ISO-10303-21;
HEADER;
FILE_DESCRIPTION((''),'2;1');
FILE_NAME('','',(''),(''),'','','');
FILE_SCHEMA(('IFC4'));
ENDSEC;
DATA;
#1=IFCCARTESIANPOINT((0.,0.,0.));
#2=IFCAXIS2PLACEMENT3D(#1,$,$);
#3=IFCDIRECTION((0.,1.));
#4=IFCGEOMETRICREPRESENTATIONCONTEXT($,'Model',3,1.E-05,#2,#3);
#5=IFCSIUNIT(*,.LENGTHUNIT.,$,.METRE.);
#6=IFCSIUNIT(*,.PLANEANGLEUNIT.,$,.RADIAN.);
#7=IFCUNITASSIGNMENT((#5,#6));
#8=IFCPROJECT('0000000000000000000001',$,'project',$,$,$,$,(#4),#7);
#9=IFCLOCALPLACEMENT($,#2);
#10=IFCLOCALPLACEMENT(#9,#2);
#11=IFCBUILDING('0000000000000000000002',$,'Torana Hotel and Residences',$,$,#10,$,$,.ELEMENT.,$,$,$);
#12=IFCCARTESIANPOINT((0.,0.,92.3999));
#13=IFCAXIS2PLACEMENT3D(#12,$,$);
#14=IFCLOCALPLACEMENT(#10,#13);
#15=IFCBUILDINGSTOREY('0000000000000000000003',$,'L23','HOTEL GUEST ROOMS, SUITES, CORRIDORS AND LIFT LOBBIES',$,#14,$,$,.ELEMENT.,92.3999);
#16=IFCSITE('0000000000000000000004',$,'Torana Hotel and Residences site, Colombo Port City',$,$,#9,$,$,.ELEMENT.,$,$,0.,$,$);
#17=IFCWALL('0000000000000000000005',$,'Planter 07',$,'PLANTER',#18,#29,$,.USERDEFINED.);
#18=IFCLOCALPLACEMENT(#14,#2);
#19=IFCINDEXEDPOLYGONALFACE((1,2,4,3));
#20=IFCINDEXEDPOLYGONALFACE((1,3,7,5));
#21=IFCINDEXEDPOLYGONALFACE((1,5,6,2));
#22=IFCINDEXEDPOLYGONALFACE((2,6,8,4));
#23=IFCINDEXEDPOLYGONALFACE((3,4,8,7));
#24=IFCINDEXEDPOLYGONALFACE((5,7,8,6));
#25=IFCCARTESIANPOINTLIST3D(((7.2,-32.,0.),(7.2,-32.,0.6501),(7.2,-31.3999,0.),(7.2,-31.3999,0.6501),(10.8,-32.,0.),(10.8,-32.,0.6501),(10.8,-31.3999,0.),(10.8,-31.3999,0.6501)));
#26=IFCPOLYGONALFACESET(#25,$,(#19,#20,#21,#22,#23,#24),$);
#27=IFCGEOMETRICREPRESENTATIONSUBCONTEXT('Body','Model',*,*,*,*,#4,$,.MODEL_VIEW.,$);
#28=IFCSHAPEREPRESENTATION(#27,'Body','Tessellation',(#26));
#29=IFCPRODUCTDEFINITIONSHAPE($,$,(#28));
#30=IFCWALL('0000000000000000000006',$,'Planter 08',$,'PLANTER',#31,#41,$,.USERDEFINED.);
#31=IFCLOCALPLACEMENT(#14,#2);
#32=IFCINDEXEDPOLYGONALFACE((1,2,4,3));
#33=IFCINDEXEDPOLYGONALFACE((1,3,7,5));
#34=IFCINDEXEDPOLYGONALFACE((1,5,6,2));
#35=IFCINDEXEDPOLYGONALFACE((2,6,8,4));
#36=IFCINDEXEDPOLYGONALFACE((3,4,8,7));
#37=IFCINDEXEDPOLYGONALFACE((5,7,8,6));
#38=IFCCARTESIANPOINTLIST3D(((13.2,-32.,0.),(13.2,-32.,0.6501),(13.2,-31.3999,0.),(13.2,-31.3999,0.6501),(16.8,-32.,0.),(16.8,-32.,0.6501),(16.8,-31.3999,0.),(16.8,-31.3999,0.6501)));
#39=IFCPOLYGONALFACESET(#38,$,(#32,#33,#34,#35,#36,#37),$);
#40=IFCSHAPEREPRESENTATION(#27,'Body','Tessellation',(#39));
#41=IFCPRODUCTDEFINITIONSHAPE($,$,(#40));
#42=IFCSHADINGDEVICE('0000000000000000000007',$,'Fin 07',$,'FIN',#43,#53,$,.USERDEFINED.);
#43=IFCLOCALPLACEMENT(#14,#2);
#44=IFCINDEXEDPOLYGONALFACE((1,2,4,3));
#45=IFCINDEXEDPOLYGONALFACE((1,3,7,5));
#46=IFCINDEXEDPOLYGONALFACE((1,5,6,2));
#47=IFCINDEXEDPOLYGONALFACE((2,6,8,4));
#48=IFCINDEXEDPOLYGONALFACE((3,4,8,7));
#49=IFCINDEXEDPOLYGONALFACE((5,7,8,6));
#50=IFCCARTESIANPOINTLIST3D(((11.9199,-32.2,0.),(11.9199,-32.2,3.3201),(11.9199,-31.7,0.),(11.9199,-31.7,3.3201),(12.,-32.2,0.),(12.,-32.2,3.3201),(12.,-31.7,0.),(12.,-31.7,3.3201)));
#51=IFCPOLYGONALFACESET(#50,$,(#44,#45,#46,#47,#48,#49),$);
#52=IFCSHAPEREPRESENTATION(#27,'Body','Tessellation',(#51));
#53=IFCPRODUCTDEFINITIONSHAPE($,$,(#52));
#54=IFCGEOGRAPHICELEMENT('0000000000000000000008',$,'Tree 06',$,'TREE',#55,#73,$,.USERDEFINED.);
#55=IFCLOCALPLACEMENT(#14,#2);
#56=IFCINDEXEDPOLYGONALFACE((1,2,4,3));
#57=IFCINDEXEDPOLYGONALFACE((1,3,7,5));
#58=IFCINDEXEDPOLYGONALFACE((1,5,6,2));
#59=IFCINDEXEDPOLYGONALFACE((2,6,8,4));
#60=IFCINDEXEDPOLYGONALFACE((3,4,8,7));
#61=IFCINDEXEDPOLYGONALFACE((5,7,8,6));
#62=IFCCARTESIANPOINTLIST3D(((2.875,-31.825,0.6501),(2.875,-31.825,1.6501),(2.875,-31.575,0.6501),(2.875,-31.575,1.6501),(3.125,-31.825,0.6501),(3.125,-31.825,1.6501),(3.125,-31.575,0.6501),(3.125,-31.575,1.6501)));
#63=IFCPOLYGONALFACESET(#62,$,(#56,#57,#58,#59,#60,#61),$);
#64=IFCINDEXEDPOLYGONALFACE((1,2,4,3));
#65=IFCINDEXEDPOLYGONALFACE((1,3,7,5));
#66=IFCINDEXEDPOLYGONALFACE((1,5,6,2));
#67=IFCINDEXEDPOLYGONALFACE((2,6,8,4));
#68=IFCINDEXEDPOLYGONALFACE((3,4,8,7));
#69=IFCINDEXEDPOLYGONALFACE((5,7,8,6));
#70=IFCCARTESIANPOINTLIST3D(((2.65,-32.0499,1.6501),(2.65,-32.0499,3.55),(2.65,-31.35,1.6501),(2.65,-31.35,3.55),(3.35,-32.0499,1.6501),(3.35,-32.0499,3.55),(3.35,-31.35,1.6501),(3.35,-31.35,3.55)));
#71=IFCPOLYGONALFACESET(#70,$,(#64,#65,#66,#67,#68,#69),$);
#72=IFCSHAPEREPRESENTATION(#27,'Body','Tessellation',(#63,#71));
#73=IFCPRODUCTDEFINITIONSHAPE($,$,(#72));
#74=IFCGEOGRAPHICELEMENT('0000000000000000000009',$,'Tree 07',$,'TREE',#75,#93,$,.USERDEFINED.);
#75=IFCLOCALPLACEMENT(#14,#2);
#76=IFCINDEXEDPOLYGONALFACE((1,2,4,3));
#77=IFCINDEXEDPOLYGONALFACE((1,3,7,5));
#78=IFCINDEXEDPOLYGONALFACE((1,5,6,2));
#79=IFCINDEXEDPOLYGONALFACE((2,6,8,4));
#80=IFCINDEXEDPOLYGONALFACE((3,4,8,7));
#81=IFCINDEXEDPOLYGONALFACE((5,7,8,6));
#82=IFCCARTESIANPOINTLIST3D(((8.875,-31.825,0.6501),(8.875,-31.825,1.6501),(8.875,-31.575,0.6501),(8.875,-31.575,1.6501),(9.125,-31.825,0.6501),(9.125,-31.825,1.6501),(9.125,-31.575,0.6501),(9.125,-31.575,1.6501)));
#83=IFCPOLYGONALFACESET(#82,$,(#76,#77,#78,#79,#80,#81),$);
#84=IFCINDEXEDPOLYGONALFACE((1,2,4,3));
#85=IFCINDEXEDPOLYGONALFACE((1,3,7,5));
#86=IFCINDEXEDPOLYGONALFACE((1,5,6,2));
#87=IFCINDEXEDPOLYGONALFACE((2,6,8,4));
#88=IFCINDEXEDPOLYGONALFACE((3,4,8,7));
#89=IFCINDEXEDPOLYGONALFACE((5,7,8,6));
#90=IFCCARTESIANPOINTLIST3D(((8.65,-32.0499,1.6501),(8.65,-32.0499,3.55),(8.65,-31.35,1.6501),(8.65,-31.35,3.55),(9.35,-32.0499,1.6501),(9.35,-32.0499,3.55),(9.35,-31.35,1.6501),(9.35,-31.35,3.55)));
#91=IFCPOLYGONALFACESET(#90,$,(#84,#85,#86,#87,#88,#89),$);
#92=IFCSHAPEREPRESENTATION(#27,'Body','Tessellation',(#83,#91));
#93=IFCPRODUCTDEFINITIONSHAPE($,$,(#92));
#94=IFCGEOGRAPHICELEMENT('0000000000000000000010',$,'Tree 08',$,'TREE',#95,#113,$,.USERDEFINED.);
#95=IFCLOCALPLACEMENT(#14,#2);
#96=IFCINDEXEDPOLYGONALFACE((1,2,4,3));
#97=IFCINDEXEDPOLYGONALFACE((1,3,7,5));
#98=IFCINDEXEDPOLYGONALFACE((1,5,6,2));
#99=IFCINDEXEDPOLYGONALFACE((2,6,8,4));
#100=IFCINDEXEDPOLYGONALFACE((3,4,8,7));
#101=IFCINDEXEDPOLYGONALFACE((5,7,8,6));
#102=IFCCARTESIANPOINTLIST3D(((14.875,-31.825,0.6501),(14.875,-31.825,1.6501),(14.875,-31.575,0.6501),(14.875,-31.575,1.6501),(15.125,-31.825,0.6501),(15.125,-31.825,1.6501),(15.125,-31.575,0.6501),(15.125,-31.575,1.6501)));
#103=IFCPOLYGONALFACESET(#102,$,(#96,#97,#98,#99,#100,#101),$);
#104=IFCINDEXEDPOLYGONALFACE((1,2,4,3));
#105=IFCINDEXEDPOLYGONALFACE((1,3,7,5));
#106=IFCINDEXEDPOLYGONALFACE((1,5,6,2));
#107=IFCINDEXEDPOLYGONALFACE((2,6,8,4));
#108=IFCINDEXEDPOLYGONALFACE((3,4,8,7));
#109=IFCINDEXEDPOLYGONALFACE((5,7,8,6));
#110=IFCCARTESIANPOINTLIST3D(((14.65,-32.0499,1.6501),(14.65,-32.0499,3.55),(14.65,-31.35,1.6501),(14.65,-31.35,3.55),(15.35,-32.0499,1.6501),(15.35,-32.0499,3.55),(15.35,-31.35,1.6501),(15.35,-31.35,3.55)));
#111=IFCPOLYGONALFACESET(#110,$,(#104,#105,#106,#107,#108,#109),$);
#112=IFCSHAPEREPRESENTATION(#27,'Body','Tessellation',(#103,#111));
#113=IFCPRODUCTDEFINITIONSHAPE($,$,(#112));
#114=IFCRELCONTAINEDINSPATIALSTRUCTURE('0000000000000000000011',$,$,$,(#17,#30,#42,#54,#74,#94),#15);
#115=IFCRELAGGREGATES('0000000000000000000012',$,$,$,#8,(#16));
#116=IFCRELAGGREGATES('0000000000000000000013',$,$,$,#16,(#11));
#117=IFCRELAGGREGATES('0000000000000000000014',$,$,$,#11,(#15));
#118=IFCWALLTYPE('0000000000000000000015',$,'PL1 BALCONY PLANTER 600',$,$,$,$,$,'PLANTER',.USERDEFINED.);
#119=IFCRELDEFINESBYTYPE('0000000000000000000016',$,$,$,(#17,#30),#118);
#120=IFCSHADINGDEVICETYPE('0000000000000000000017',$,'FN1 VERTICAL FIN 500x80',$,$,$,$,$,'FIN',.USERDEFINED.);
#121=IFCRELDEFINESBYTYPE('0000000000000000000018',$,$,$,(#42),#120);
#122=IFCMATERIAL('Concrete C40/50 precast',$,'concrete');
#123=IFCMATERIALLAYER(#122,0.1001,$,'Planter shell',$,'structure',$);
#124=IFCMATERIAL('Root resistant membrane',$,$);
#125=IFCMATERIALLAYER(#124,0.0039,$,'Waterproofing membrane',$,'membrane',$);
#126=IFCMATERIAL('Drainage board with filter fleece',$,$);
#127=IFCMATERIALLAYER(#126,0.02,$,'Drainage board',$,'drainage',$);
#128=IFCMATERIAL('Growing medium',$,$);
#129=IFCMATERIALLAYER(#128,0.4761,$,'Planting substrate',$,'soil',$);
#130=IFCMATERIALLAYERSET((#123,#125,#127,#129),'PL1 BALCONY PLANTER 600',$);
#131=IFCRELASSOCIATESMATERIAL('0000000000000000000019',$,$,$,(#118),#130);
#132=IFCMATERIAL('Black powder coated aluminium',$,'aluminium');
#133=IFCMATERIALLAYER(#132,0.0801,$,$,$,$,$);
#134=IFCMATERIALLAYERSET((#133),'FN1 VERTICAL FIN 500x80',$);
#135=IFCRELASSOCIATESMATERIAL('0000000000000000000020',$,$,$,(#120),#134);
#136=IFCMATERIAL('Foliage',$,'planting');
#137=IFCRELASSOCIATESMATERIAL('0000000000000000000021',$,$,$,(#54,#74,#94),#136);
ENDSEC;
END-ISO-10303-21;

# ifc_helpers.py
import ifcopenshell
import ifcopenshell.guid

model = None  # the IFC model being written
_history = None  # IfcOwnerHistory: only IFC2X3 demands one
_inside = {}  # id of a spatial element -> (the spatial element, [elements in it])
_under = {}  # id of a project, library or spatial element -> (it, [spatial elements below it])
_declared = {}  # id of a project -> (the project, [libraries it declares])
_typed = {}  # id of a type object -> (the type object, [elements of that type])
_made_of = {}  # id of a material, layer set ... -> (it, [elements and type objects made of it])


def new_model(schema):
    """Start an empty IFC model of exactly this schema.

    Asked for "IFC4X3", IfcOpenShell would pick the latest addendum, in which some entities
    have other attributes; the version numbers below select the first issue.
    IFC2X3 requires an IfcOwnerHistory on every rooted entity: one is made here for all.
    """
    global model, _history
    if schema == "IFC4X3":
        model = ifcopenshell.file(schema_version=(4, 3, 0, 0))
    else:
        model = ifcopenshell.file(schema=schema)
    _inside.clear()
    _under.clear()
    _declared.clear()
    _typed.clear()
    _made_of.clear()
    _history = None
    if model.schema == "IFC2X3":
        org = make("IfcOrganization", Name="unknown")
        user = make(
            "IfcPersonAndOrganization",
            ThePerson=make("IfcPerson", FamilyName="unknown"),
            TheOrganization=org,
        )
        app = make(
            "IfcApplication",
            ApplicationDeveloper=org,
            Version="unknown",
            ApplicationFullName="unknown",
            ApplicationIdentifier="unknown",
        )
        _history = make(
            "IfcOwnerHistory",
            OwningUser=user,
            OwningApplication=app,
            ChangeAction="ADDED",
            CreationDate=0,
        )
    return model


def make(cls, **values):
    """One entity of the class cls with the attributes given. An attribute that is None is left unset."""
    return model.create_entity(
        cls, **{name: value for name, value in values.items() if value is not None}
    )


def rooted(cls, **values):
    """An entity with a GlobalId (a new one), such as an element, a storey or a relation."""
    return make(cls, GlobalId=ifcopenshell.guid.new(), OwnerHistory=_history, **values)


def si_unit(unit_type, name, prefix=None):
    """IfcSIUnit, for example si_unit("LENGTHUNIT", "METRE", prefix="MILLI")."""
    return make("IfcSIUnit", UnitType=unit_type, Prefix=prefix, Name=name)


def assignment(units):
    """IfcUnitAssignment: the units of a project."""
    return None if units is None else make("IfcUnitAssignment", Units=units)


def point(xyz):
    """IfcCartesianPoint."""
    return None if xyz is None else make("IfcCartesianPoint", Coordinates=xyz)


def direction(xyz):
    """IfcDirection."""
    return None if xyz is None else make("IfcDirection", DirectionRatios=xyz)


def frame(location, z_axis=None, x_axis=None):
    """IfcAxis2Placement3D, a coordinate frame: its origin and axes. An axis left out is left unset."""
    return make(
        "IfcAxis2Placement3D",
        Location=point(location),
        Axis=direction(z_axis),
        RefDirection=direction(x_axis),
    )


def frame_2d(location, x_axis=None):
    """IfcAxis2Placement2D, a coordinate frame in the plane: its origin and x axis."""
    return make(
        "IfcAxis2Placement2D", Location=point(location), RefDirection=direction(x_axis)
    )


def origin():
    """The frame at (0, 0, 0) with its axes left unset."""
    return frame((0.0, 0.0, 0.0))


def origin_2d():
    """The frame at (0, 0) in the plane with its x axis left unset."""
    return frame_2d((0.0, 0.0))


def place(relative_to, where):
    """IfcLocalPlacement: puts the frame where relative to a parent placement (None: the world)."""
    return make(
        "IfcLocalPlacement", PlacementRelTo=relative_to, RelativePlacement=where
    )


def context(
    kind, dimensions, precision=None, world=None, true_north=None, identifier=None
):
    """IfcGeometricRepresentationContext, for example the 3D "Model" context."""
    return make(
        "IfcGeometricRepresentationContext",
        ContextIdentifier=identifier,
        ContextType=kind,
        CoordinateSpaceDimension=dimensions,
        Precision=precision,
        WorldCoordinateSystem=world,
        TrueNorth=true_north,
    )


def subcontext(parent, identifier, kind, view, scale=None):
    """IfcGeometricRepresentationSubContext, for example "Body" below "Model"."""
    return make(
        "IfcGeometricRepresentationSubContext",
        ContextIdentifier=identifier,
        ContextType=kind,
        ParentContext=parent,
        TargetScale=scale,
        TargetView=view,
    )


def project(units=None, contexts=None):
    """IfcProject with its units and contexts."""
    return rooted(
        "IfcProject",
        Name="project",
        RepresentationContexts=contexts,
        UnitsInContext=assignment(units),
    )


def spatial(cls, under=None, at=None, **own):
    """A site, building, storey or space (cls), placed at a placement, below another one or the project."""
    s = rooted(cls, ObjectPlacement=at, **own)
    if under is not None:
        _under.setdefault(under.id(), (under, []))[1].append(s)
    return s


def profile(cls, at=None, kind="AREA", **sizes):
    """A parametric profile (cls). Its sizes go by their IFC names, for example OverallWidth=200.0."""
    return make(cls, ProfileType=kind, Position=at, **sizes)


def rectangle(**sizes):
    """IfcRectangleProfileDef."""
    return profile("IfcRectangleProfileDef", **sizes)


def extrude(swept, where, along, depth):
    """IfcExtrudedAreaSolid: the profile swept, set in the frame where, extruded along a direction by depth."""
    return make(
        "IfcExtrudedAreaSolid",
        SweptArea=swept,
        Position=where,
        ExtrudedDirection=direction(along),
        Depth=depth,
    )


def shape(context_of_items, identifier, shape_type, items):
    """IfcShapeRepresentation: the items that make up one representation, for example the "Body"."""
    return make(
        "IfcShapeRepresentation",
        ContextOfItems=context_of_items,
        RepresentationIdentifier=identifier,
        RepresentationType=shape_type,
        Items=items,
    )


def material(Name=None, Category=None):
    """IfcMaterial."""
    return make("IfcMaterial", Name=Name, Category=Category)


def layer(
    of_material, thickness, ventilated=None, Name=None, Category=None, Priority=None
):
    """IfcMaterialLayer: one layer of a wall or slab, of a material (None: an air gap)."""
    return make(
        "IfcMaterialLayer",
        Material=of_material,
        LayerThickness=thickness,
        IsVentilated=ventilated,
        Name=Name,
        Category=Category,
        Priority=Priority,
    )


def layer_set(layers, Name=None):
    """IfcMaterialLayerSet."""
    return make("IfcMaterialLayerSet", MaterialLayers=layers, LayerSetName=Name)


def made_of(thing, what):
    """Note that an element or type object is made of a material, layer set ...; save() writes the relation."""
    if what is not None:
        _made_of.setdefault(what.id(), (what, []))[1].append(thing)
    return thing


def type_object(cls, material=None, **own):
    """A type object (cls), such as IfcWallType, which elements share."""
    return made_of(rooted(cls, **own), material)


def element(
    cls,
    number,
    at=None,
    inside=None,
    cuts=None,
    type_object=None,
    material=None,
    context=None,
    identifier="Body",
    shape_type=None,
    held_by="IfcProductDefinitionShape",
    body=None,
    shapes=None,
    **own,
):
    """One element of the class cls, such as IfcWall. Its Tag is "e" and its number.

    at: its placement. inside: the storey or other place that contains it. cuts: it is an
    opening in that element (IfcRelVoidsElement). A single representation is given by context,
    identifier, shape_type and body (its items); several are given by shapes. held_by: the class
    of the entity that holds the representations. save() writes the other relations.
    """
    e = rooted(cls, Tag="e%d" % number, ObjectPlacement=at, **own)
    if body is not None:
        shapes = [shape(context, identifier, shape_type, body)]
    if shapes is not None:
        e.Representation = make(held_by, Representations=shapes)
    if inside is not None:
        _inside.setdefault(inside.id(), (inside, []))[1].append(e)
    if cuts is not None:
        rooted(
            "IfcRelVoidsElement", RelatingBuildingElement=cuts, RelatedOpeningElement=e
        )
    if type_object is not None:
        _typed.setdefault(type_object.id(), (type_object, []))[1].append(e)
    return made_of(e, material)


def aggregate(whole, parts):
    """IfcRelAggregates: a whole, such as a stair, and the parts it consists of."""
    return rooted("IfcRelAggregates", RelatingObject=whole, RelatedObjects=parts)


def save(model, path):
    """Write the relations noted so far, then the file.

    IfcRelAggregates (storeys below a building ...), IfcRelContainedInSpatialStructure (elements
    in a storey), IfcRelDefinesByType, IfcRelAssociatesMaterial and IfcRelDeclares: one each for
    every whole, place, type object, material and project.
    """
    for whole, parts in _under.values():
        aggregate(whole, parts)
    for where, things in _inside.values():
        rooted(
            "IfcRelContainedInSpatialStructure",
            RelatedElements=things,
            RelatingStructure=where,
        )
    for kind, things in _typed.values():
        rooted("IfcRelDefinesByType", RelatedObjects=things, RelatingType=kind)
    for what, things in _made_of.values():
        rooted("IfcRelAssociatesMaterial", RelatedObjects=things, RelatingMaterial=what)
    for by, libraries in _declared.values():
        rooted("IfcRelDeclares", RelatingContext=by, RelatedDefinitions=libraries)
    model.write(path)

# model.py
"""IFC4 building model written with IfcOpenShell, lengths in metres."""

from ifc_helpers import new_model, si_unit, direction, frame, frame_2d, origin, origin_2d, place, context, subcontext, project, spatial, rectangle, extrude, material, layer, layer_set, type_object, element, save


model = new_model("IFC4")

# Units and contexts
model_context = context("Model", 3, precision=1e-05, world=origin(), true_north=direction((0.0, 1.0)))
body_context = subcontext(model_context, "Body", "Model", "MODEL_VIEW")
ifc_project = project(units=[si_unit("LENGTHUNIT", "METRE"), si_unit("PLANEANGLEUNIT", "RADIAN")], contexts=[model_context])

# Site, building, storey
site_placement = place(None, origin())
site = spatial("IfcSite", under=ifc_project, at=site_placement, Name="Torana Hotel and Residences site, Colombo Port City", CompositionType="ELEMENT", RefElevation=0.0)
building_placement = place(site_placement, origin())
building = spatial("IfcBuilding", under=site, at=building_placement, Name="Torana Hotel and Residences", CompositionType="ELEMENT")
storey_placement = place(building_placement, frame((0.0, 0.0, 92.3999)))
storey = spatial("IfcBuildingStorey", under=building, at=storey_placement, Name="L23", Description="HOTEL GUEST ROOMS, SUITES, CORRIDORS AND LIFT LOBBIES", CompositionType="ELEMENT", Elevation=92.3999)

# Walls
ifc_material_1 = material(Name="Concrete C40/50 precast", Category="concrete")
ifc_layer_1 = layer(ifc_material_1, 0.1001, Name="Planter shell", Category="structure")
ifc_material_2 = material(Name="Root resistant membrane")
ifc_layer_2 = layer(ifc_material_2, 0.0039, Name="Waterproofing membrane", Category="membrane")
ifc_material_3 = material(Name="Drainage board with filter fleece")
ifc_layer_3 = layer(ifc_material_3, 0.02, Name="Drainage board", Category="drainage")
ifc_material_4 = material(Name="Growing medium")
ifc_layer_4 = layer(ifc_material_4, 0.4761, Name="Planting substrate", Category="soil")
ifc_layer_set_1 = layer_set([ifc_layer_1, ifc_layer_2, ifc_layer_3, ifc_layer_4], Name="PL1 BALCONY PLANTER 600")
wall_type_1 = type_object("IfcWallType", Name="PL1 BALCONY PLANTER 600", ElementType="PLANTER", PredefinedType="USERDEFINED", material=ifc_layer_set_1)
for number, where, z_axis, x_axis, name in (
    (1, (10.8, -31.7, 0.0), (0.0, 0.0, 1.0), (-1.0, 0.0, 0.0), "Planter 07"),
    (2, (16.8, -31.7, 0.0), (0.0, 0.0, 1.0), (-1.0, 0.0, 0.0), "Planter 08"),
):
    element("IfcWall", number, at=place(storey_placement, frame(where, z_axis=z_axis, x_axis=x_axis)), inside=storey, type_object=wall_type_1, Name=name, ObjectType="PLANTER", PredefinedType="USERDEFINED", context=body_context, shape_type="SweptSolid", body=[
        extrude(rectangle(XDim=3.6001, YDim=0.6001, at=frame_2d((1.8, 0.0))), origin(), (0.0, 0.0, 1.0), 0.6501),
    ])

# Shading device
ifc_material_5 = material(Name="Black powder coated aluminium", Category="aluminium")
ifc_layer_5 = layer(ifc_material_5, 0.0801)
ifc_layer_set_2 = layer_set([ifc_layer_5], Name="FN1 VERTICAL FIN 500x80")
shading_device_type = type_object("IfcShadingDeviceType", Name="FN1 VERTICAL FIN 500x80", ElementType="FIN", PredefinedType="USERDEFINED", material=ifc_layer_set_2)
shading_device_placement = place(storey_placement, frame((11.96, -31.95, 0.0), z_axis=(0.0, 0.0, 1.0), x_axis=(-1.0, 0.0, 0.0)))
element("IfcShadingDevice", 3, at=shading_device_placement, inside=storey, type_object=shading_device_type, Name="Fin 07", ObjectType="FIN", PredefinedType="USERDEFINED", context=body_context, shape_type="SweptSolid", body=[
    extrude(rectangle(XDim=0.0801, YDim=0.5, at=origin_2d()), origin(), (0.0, 0.0, 1.0), 3.3201),
])

# Geographic elements
ifc_material_6 = material(Name="Foliage", Category="planting")
for number, where, z_axis, x_axis, name in (
    (4, (3.0, -31.7, 0.6501), (0.0, 0.0, 1.0), (1.0, 0.0, 0.0), "Tree 06"),
    (5, (9.0, -31.7, 0.6501), (0.0, 0.0, 1.0), (1.0, 0.0, 0.0), "Tree 07"),
    (6, (15.0, -31.7, 0.6501), (0.0, 0.0, 1.0), (1.0, 0.0, 0.0), "Tree 08"),
):
    element("IfcGeographicElement", number, at=place(storey_placement, frame(where, z_axis=z_axis, x_axis=x_axis)), inside=storey, material=ifc_material_6, Name=name, ObjectType="TREE", PredefinedType="USERDEFINED", context=body_context, shape_type="SweptSolid", body=[
        extrude(rectangle(XDim=0.25, YDim=0.25, at=origin_2d()), origin(), (0.0, 0.0, 1.0), 1.0),
        extrude(rectangle(XDim=0.7, YDim=0.7, at=origin_2d()), frame((0.0, 0.0, 1.0)), (0.0, 0.0, 1.0), 1.8999),
    ])

save(model, "model.ifc")
